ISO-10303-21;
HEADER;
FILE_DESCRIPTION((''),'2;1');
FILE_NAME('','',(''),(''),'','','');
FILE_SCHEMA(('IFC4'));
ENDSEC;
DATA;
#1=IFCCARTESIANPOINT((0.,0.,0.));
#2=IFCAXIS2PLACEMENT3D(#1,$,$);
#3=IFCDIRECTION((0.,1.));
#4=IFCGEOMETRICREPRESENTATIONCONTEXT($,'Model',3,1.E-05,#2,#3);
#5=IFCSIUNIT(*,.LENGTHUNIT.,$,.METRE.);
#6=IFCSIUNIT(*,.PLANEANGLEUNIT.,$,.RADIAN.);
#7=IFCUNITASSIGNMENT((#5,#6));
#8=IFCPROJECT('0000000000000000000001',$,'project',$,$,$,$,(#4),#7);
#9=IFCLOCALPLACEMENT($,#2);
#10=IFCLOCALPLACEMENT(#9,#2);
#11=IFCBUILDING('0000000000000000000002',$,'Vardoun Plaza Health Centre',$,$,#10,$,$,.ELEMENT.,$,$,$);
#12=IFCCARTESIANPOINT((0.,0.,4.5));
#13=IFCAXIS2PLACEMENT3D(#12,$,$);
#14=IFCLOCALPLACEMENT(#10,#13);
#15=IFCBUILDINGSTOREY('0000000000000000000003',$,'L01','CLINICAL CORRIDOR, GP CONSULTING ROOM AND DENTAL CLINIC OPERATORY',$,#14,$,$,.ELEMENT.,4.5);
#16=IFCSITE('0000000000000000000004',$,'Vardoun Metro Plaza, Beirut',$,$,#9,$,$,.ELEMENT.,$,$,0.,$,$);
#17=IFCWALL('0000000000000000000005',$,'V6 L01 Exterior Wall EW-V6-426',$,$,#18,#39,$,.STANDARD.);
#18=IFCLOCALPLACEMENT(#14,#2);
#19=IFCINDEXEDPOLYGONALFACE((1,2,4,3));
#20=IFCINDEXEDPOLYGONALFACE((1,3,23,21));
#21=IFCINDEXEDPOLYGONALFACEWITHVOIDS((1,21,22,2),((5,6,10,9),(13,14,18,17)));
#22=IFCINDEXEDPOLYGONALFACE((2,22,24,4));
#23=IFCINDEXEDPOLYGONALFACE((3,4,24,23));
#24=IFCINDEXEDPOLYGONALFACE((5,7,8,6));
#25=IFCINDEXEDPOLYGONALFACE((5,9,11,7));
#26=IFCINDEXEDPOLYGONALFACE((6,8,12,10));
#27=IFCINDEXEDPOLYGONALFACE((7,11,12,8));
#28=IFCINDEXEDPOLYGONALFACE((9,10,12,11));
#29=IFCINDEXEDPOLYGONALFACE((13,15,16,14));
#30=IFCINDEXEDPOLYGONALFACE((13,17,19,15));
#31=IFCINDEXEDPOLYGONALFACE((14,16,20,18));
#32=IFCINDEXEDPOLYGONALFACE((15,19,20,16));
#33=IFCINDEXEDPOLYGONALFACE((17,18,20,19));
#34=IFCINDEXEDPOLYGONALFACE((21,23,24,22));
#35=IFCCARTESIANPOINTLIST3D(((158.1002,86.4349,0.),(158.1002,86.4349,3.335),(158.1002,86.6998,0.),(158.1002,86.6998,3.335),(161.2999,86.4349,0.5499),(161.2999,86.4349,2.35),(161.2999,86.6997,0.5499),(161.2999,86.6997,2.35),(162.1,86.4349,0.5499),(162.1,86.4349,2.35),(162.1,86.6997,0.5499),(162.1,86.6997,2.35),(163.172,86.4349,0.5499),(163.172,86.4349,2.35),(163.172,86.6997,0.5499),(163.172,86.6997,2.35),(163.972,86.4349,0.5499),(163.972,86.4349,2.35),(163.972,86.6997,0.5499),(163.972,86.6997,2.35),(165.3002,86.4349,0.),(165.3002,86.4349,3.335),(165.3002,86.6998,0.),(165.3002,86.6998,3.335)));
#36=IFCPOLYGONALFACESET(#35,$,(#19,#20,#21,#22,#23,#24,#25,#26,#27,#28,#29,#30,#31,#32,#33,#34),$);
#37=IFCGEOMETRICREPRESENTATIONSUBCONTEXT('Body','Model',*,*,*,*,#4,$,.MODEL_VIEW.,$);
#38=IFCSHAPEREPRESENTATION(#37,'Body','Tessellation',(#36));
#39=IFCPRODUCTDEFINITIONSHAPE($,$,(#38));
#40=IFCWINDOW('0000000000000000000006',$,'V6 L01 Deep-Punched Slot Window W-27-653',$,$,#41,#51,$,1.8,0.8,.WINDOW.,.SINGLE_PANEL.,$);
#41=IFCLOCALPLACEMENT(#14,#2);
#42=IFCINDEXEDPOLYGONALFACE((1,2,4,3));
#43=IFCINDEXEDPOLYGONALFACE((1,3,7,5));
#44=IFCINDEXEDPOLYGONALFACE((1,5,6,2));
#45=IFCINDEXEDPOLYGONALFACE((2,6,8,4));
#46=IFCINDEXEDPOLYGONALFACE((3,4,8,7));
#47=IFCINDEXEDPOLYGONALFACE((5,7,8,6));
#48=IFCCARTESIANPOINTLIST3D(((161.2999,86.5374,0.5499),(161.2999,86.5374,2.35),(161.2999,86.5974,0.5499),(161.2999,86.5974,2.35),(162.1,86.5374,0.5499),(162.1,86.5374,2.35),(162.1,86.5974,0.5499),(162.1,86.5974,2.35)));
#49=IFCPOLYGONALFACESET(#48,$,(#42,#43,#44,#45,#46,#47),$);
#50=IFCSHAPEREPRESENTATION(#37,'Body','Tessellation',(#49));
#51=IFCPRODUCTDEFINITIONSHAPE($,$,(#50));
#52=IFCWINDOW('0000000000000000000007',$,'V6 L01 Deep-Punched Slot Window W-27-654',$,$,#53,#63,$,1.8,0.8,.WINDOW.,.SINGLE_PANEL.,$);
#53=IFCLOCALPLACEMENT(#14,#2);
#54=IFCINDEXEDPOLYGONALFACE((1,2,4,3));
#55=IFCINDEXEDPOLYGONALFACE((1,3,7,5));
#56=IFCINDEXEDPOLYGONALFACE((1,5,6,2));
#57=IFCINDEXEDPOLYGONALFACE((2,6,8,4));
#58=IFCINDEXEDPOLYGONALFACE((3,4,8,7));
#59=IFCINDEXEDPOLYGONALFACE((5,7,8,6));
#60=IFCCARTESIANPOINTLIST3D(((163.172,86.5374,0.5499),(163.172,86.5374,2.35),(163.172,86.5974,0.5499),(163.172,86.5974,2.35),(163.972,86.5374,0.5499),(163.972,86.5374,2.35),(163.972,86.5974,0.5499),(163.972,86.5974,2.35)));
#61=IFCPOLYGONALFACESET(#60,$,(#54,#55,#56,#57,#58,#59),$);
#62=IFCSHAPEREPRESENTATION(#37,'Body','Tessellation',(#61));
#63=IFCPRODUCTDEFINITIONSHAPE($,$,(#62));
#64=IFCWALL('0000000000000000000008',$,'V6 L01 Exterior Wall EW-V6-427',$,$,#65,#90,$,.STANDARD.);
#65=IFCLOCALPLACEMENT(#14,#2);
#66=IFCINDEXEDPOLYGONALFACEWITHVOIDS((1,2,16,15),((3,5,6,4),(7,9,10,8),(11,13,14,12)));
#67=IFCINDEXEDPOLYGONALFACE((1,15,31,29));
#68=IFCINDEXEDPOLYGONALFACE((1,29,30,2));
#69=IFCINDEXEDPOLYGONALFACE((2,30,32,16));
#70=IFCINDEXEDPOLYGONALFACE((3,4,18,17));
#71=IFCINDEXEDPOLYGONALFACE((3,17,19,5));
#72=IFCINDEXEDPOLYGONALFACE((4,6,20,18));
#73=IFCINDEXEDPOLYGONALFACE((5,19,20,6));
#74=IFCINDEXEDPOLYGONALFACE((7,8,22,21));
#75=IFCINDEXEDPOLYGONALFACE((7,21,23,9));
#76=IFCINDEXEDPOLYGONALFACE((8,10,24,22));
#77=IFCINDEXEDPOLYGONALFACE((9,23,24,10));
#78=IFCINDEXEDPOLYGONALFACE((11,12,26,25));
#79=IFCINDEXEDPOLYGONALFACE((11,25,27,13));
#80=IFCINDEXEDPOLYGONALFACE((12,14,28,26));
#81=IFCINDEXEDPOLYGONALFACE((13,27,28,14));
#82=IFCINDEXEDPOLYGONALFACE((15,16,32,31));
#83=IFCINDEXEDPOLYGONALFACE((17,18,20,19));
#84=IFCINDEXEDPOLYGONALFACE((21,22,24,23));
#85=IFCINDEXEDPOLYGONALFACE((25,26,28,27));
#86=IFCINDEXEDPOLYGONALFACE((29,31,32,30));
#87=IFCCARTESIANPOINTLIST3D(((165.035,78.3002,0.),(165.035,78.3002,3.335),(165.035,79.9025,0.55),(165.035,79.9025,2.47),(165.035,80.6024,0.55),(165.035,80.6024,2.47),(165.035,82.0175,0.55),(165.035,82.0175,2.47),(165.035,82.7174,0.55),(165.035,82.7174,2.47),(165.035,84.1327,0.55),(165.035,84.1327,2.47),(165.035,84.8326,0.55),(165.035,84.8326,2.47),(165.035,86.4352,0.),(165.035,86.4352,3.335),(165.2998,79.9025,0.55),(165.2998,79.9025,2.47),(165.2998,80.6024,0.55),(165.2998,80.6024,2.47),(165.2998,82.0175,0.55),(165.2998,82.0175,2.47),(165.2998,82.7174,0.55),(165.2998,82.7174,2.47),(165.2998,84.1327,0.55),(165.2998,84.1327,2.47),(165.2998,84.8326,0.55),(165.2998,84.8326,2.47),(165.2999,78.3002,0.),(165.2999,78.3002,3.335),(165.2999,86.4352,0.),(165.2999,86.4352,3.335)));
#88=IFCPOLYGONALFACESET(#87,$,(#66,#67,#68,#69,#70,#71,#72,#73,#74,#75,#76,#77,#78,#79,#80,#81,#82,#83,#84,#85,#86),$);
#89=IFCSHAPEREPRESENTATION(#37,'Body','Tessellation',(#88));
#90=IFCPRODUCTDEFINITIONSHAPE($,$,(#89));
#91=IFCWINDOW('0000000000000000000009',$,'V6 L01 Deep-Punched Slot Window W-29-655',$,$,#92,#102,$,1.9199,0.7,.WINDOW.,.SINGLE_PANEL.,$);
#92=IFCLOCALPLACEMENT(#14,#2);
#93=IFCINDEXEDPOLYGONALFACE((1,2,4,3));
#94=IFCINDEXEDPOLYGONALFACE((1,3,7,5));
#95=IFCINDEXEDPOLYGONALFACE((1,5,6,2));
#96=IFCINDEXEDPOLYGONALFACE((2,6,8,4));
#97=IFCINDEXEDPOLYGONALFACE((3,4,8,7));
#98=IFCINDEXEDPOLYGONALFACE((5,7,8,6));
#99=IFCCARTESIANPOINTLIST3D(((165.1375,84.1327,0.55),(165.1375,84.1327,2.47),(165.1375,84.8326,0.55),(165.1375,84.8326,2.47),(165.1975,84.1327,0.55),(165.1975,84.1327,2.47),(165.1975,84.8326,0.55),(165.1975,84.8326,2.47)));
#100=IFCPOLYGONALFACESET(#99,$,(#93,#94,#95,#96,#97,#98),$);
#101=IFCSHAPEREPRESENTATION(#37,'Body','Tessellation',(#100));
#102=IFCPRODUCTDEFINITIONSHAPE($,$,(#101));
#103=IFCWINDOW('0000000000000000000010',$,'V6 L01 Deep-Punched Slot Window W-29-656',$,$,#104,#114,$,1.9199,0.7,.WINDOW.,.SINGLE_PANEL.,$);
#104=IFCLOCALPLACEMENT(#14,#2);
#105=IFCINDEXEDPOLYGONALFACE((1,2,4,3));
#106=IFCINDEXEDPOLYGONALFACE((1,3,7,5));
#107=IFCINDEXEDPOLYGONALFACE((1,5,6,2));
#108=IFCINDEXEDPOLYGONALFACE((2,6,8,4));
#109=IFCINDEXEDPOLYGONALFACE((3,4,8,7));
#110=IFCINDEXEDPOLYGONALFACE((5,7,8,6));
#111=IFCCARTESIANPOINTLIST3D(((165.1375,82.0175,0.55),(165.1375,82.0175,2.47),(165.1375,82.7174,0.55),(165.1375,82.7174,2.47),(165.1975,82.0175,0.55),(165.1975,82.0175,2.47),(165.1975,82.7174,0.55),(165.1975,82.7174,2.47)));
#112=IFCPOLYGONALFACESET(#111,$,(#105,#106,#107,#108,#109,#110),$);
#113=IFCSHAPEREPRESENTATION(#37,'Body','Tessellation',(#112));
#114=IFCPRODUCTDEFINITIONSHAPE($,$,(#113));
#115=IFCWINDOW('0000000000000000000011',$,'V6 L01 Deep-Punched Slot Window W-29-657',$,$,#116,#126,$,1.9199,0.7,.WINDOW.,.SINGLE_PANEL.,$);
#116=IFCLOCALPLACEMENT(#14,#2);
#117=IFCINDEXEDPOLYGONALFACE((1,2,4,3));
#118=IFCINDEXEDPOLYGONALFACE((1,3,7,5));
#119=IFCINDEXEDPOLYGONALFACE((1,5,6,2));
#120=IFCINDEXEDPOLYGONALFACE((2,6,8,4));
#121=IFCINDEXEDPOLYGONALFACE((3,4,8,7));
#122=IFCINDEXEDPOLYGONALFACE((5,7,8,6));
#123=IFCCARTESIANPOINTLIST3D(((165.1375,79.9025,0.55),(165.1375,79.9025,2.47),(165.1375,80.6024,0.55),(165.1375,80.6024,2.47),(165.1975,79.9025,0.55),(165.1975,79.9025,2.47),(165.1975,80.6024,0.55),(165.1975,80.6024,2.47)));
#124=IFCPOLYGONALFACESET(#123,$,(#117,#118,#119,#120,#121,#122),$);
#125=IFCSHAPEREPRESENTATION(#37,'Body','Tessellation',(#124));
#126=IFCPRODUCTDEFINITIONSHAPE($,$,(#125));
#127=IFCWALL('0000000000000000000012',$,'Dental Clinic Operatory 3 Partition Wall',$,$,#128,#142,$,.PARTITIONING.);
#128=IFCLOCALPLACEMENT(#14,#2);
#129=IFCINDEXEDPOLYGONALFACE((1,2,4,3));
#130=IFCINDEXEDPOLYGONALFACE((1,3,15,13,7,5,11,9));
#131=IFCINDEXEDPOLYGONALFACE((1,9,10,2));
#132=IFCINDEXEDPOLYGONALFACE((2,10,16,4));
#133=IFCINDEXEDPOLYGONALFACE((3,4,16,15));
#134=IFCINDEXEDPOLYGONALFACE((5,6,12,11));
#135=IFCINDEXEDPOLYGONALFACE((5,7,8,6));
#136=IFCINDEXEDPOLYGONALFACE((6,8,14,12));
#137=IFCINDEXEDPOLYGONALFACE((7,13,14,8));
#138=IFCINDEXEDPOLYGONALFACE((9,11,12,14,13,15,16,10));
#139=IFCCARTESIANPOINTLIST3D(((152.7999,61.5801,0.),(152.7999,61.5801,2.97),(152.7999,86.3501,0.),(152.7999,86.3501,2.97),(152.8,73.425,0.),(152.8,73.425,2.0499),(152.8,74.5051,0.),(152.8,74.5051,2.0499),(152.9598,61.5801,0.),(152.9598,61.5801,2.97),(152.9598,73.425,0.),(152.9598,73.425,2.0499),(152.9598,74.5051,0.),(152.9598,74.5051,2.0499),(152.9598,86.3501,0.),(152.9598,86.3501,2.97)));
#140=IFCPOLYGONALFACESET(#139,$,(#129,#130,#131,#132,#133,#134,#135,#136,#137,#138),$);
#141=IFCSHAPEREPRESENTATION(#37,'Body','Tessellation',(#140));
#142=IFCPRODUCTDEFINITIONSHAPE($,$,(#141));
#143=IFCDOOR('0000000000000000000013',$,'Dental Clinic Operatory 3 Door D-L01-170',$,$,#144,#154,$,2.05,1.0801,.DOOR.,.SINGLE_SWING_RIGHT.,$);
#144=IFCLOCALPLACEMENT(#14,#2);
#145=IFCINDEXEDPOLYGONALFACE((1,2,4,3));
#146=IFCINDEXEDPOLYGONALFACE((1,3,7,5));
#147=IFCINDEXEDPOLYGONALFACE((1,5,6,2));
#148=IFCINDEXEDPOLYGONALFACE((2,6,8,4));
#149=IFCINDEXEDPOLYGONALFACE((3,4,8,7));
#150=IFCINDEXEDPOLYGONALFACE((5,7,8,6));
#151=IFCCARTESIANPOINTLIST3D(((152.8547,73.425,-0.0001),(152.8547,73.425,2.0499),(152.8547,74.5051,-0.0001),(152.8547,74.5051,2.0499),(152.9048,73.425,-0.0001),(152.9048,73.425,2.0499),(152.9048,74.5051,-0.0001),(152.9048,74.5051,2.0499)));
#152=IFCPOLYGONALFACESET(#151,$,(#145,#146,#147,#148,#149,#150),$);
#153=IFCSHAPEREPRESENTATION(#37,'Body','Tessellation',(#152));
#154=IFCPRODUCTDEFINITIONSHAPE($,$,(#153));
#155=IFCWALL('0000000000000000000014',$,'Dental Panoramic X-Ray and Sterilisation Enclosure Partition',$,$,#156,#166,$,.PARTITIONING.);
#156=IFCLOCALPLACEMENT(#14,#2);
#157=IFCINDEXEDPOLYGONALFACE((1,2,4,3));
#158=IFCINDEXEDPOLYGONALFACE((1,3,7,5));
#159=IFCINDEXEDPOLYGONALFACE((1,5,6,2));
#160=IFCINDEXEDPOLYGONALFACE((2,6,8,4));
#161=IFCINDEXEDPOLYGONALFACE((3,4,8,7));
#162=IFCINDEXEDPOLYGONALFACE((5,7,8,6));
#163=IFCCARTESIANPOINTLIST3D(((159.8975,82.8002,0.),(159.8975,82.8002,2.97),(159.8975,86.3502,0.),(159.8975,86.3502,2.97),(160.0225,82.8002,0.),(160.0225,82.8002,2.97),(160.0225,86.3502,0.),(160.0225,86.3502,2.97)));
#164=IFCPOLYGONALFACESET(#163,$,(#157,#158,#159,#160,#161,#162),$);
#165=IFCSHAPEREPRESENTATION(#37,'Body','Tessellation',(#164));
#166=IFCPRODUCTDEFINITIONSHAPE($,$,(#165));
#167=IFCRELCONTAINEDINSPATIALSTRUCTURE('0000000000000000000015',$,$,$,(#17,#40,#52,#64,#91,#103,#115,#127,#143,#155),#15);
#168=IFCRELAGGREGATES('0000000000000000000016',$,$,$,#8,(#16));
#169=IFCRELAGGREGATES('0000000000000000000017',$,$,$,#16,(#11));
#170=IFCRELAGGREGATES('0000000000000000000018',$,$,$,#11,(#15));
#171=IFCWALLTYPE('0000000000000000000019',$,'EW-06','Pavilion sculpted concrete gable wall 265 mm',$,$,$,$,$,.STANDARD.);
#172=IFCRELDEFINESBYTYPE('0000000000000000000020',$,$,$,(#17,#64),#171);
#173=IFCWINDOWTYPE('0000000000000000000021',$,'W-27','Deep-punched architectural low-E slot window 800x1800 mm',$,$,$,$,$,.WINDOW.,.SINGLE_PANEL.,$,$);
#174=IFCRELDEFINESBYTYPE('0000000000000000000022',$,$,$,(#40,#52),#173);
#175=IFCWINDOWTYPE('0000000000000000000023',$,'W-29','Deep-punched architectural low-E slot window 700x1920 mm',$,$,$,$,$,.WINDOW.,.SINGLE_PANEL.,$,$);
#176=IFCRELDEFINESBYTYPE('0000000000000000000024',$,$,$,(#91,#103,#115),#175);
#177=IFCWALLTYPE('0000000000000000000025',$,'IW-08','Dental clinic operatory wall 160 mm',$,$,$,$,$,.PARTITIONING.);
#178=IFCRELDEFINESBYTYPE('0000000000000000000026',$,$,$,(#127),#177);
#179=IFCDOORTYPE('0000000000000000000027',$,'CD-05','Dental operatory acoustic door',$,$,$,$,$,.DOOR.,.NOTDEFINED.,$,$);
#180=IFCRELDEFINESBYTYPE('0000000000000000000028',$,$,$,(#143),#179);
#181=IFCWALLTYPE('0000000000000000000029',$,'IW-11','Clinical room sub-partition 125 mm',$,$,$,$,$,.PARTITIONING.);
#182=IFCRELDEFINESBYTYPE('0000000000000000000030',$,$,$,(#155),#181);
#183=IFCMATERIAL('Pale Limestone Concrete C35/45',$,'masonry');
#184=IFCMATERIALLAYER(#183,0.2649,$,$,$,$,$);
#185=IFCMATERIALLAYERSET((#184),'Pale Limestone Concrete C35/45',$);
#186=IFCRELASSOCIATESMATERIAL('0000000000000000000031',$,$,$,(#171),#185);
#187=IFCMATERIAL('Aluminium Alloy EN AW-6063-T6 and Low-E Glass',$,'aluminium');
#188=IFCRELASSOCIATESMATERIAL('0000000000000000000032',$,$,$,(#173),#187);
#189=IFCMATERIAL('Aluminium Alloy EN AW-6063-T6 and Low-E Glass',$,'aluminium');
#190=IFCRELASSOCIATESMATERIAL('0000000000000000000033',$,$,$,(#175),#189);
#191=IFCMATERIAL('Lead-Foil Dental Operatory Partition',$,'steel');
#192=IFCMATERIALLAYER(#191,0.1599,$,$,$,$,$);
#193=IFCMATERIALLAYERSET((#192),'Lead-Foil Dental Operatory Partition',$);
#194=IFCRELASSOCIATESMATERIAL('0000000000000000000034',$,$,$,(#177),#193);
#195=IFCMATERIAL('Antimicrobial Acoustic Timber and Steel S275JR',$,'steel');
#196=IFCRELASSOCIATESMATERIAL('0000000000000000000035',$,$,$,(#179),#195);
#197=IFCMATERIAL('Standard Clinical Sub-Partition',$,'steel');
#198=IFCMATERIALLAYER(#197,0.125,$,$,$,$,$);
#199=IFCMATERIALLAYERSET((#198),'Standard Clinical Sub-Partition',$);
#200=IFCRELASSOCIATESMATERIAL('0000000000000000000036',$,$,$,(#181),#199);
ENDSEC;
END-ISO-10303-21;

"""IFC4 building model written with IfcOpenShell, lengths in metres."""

from ifc_helpers import new_model, si_unit, direction, frame, frame_2d, origin, place, context, subcontext, project, spatial, rectangle, extrude, material, layer, layer_set, type_object, element, fill, save


model = new_model("IFC4")

# Units and contexts
model_context = context("Model", 3, precision=1e-05, world=origin(), true_north=direction((0.0, 1.0)))
body_context = subcontext(model_context, "Body", "Model", "MODEL_VIEW")
ifc_project = project(units=[si_unit("LENGTHUNIT", "METRE"), si_unit("PLANEANGLEUNIT", "RADIAN")], contexts=[model_context])

# Site, building, storey
site_placement = place(None, origin())
site = spatial("IfcSite", under=ifc_project, at=site_placement, Name="Vardoun Metro Plaza, Beirut", CompositionType="ELEMENT", RefElevation=0.0)
building_placement = place(site_placement, origin())
building = spatial("IfcBuilding", under=site, at=building_placement, Name="Vardoun Plaza Health Centre", CompositionType="ELEMENT")
storey_placement = place(building_placement, frame((0.0, 0.0, 4.5)))
storey = spatial("IfcBuildingStorey", under=building, at=storey_placement, Name="L01", Description="CLINICAL CORRIDOR, GP CONSULTING ROOM AND DENTAL CLINIC OPERATORY", CompositionType="ELEMENT", Elevation=4.5)

# Walls, openings, windows
ifc_material_1 = material(Name="Pale Limestone Concrete C35/45", Category="masonry")
ifc_layer_1 = layer(ifc_material_1, 0.2649)
ifc_layer_set_1 = layer_set([ifc_layer_1], Name="Pale Limestone Concrete C35/45")
wall_type_1 = type_object("IfcWallType", Name="EW-06", Description="Pavilion sculpted concrete gable wall 265 mm", PredefinedType="STANDARD", material=ifc_layer_set_1)
wall_1_placement = place(storey_placement, frame((158.1001, 86.5674, 0.0), z_axis=(0.0, 0.0, 1.0), x_axis=(1.0, 0.0, 0.0)))
wall_1 = element("IfcWall", 1, at=wall_1_placement, inside=storey, type_object=wall_type_1, Name="V6 L01 Exterior Wall EW-V6-426", PredefinedType="STANDARD", context=body_context, shape_type="SweptSolid", body=[
    extrude(rectangle(XDim=7.2, YDim=0.2649, at=frame_2d((3.6001, 0.0))), origin(), (0.0, 0.0, 1.0), 3.335),
])
opening_1_placement = place(wall_1_placement, frame((3.2, 0.0, 0.55)))
opening_1 = element("IfcOpeningElement", 2, at=opening_1_placement, cuts=wall_1, PredefinedType="OPENING", context=body_context, shape_type="SweptSolid", body=[
    extrude(rectangle(XDim=0.8, YDim=1.8, at=frame_2d((0.3999, 0.8999))), frame((0.0, 0.1323, 0.0), z_axis=(0.0, -1.0, 0.0), x_axis=(1.0, 0.0, 0.0)), (0.0, 0.0, 1.0), 0.2649),
])
opening_2_placement = place(wall_1_placement, frame((5.072, 0.0, 0.55)))
opening_2 = element("IfcOpeningElement", 3, at=opening_2_placement, cuts=wall_1, PredefinedType="OPENING", context=body_context, shape_type="SweptSolid", body=[
    extrude(rectangle(XDim=0.8, YDim=1.8, at=frame_2d((0.3999, 0.8999))), frame((0.0, 0.1323, 0.0), z_axis=(0.0, -1.0, 0.0), x_axis=(1.0, 0.0, 0.0)), (0.0, 0.0, 1.0), 0.2649),
])
ifc_material_2 = material(Name="Aluminium Alloy EN AW-6063-T6 and Low-E Glass", Category="aluminium")
window_type_1 = type_object("IfcWindowType", Name="W-27", Description="Deep-punched architectural low-E slot window 800x1800 mm", PartitioningType="SINGLE_PANEL", PredefinedType="WINDOW", material=ifc_material_2)
window_1_placement = place(opening_1_placement, origin())
window_1 = element("IfcWindow", 4, at=window_1_placement, inside=storey, type_object=window_type_1, Name="V6 L01 Deep-Punched Slot Window W-27-653", OverallHeight=1.8, OverallWidth=0.8, PartitioningType="SINGLE_PANEL", PredefinedType="WINDOW", context=body_context, shape_type="SweptSolid", body=[
    extrude(rectangle(XDim=0.8, YDim=1.8, at=frame_2d((0.3999, 0.8999))), frame((0.0, 0.03, 0.0), z_axis=(0.0, -1.0, 0.0), x_axis=(1.0, 0.0, 0.0)), (0.0, 0.0, 1.0), 0.0601),
])
fill(opening_1, window_1)
window_2_placement = place(opening_2_placement, origin())
window_2 = element("IfcWindow", 5, at=window_2_placement, inside=storey, type_object=window_type_1, Name="V6 L01 Deep-Punched Slot Window W-27-654", OverallHeight=1.8, OverallWidth=0.8, PartitioningType="SINGLE_PANEL", PredefinedType="WINDOW", context=body_context, shape_type="SweptSolid", body=[
    extrude(rectangle(XDim=0.8, YDim=1.8, at=frame_2d((0.3999, 0.8999))), frame((0.0, 0.03, 0.0), z_axis=(0.0, -1.0, 0.0), x_axis=(1.0, 0.0, 0.0)), (0.0, 0.0, 1.0), 0.0601),
])
fill(opening_2, window_2)
wall_2_placement = place(storey_placement, frame((165.1675, 86.4351, 0.0), z_axis=(0.0, 0.0, 1.0), x_axis=(0.0, -1.0, 0.0)))
wall_2 = element("IfcWall", 6, at=wall_2_placement, inside=storey, type_object=wall_type_1, Name="V6 L01 Exterior Wall EW-V6-427", PredefinedType="STANDARD", context=body_context, shape_type="SweptSolid", body=[
    extrude(rectangle(XDim=8.135, YDim=0.2649, at=frame_2d((4.0674, 0.0))), origin(), (0.0, 0.0, 1.0), 3.335),
])
opening_3_placement = place(wall_2_placement, frame((1.6023, 0.0, 0.55)))
opening_3 = element("IfcOpeningElement", 7, at=opening_3_placement, cuts=wall_2, PredefinedType="OPENING", context=body_context, shape_type="SweptSolid", body=[
    extrude(rectangle(XDim=0.7, YDim=1.9199, at=frame_2d((0.3501, 0.96))), frame((0.0, 0.1323, 0.0), z_axis=(0.0, -1.0, 0.0), x_axis=(1.0, 0.0, 0.0)), (0.0, 0.0, 1.0), 0.2649),
])
opening_4_placement = place(wall_2_placement, frame((3.7175, 0.0, 0.55)))
opening_4 = element("IfcOpeningElement", 8, at=opening_4_placement, cuts=wall_2, PredefinedType="OPENING", context=body_context, shape_type="SweptSolid", body=[
    extrude(rectangle(XDim=0.7, YDim=1.9199, at=frame_2d((0.3501, 0.96))), frame((0.0, 0.1323, 0.0), z_axis=(0.0, -1.0, 0.0), x_axis=(1.0, 0.0, 0.0)), (0.0, 0.0, 1.0), 0.2649),
])
opening_5_placement = place(wall_2_placement, frame((5.8325, 0.0, 0.55)))
opening_5 = element("IfcOpeningElement", 9, at=opening_5_placement, cuts=wall_2, PredefinedType="OPENING", context=body_context, shape_type="SweptSolid", body=[
    extrude(rectangle(XDim=0.7, YDim=1.9199, at=frame_2d((0.3501, 0.96))), frame((0.0, 0.1323, 0.0), z_axis=(0.0, -1.0, 0.0), x_axis=(1.0, 0.0, 0.0)), (0.0, 0.0, 1.0), 0.2649),
])
ifc_material_3 = material(Name="Aluminium Alloy EN AW-6063-T6 and Low-E Glass", Category="aluminium")
window_type_2 = type_object("IfcWindowType", Name="W-29", Description="Deep-punched architectural low-E slot window 700x1920 mm", PartitioningType="SINGLE_PANEL", PredefinedType="WINDOW", material=ifc_material_3)
window_3_placement = place(opening_3_placement, origin())
window_3 = element("IfcWindow", 10, at=window_3_placement, inside=storey, type_object=window_type_2, Name="V6 L01 Deep-Punched Slot Window W-29-655", OverallHeight=1.9199, OverallWidth=0.7, PartitioningType="SINGLE_PANEL", PredefinedType="WINDOW", context=body_context, shape_type="SweptSolid", body=[
    extrude(rectangle(XDim=0.7, YDim=1.9199, at=frame_2d((0.3501, 0.96))), frame((0.0, 0.03, 0.0), z_axis=(0.0, -1.0, 0.0), x_axis=(1.0, 0.0, 0.0)), (0.0, 0.0, 1.0), 0.0601),
])
fill(opening_3, window_3)
window_4_placement = place(opening_4_placement, origin())
window_4 = element("IfcWindow", 11, at=window_4_placement, inside=storey, type_object=window_type_2, Name="V6 L01 Deep-Punched Slot Window W-29-656", OverallHeight=1.9199, OverallWidth=0.7, PartitioningType="SINGLE_PANEL", PredefinedType="WINDOW", context=body_context, shape_type="SweptSolid", body=[
    extrude(rectangle(XDim=0.7, YDim=1.9199, at=frame_2d((0.3501, 0.96))), frame((0.0, 0.03, 0.0), z_axis=(0.0, -1.0, 0.0), x_axis=(1.0, 0.0, 0.0)), (0.0, 0.0, 1.0), 0.0601),
])
fill(opening_4, window_4)
window_5_placement = place(opening_5_placement, origin())
window_5 = element("IfcWindow", 12, at=window_5_placement, inside=storey, type_object=window_type_2, Name="V6 L01 Deep-Punched Slot Window W-29-657", OverallHeight=1.9199, OverallWidth=0.7, PartitioningType="SINGLE_PANEL", PredefinedType="WINDOW", context=body_context, shape_type="SweptSolid", body=[
    extrude(rectangle(XDim=0.7, YDim=1.9199, at=frame_2d((0.3501, 0.96))), frame((0.0, 0.03, 0.0), z_axis=(0.0, -1.0, 0.0), x_axis=(1.0, 0.0, 0.0)), (0.0, 0.0, 1.0), 0.0601),
])
fill(opening_5, window_5)

# Wall, opening, door
ifc_material_4 = material(Name="Lead-Foil Dental Operatory Partition", Category="steel")
ifc_layer_2 = layer(ifc_material_4, 0.1599)
ifc_layer_set_2 = layer_set([ifc_layer_2], Name="Lead-Foil Dental Operatory Partition")
wall_type_2 = type_object("IfcWallType", Name="IW-08", Description="Dental clinic operatory wall 160 mm", PredefinedType="PARTITIONING", material=ifc_layer_set_2)
wall_3_placement = place(storey_placement, frame((152.8799, 86.3501, 0.0), z_axis=(0.0, 0.0, 1.0), x_axis=(0.0, -1.0, 0.0)))
wall_3 = element("IfcWall", 13, at=wall_3_placement, inside=storey, type_object=wall_type_2, Name="Dental Clinic Operatory 3 Partition Wall", PredefinedType="PARTITIONING", context=body_context, shape_type="SweptSolid", body=[
    extrude(rectangle(XDim=24.77, YDim=0.1599, at=frame_2d((12.385, 0.0))), origin(), (0.0, 0.0, 1.0), 2.97),
])
opening_6_placement = place(wall_3_placement, frame((11.845, 0.0, 0.0)))
opening_6 = element("IfcOpeningElement", 14, at=opening_6_placement, cuts=wall_3, PredefinedType="OPENING", context=body_context, shape_type="SweptSolid", body=[
    extrude(rectangle(XDim=1.0801, YDim=2.05, at=frame_2d((0.54, 1.0249))), frame((0.0, 0.0801, 0.0), z_axis=(0.0, -1.0, 0.0), x_axis=(1.0, 0.0, 0.0)), (0.0, 0.0, 1.0), 0.1599),
])
ifc_material_5 = material(Name="Antimicrobial Acoustic Timber and Steel S275JR", Category="steel")
door_type_1 = type_object("IfcDoorType", Name="CD-05", Description="Dental operatory acoustic door", OperationType="NOTDEFINED", PredefinedType="DOOR", material=ifc_material_5)
door_1_placement = place(opening_6_placement, origin())
door_1 = element("IfcDoor", 15, at=door_1_placement, inside=storey, type_object=door_type_1, Name="Dental Clinic Operatory 3 Door D-L01-170", OperationType="SINGLE_SWING_RIGHT", OverallHeight=2.05, OverallWidth=1.0801, PredefinedType="DOOR", context=body_context, shape_type="SweptSolid", body=[
    extrude(rectangle(XDim=1.0801, YDim=2.05, at=frame_2d((0.54, 1.0249))), frame((0.0, 0.0249, 0.0), z_axis=(0.0, -1.0, 0.0), x_axis=(1.0, 0.0, 0.0)), (0.0, 0.0, 1.0), 0.05),
])
fill(opening_6, door_1)

# Wall
ifc_material_6 = material(Name="Standard Clinical Sub-Partition", Category="steel")
ifc_layer_3 = layer(ifc_material_6, 0.125)
ifc_layer_set_3 = layer_set([ifc_layer_3], Name="Standard Clinical Sub-Partition")
wall_type_3 = type_object("IfcWallType", Name="IW-11", Description="Clinical room sub-partition 125 mm", PredefinedType="PARTITIONING", material=ifc_layer_set_3)
wall_4_placement = place(storey_placement, frame((159.96, 86.3501, 0.0), z_axis=(0.0, 0.0, 1.0), x_axis=(0.0, -1.0, 0.0)))
element("IfcWall", 16, at=wall_4_placement, inside=storey, type_object=wall_type_3, Name="Dental Panoramic X-Ray and Sterilisation Enclosure Partition", PredefinedType="PARTITIONING", context=body_context, shape_type="SweptSolid", body=[
    extrude(rectangle(XDim=3.55, YDim=0.125, at=frame_2d((1.7749, 0.0))), origin(), (0.0, 0.0, 1.0), 2.97),
])

save(model, "model.ifc")
